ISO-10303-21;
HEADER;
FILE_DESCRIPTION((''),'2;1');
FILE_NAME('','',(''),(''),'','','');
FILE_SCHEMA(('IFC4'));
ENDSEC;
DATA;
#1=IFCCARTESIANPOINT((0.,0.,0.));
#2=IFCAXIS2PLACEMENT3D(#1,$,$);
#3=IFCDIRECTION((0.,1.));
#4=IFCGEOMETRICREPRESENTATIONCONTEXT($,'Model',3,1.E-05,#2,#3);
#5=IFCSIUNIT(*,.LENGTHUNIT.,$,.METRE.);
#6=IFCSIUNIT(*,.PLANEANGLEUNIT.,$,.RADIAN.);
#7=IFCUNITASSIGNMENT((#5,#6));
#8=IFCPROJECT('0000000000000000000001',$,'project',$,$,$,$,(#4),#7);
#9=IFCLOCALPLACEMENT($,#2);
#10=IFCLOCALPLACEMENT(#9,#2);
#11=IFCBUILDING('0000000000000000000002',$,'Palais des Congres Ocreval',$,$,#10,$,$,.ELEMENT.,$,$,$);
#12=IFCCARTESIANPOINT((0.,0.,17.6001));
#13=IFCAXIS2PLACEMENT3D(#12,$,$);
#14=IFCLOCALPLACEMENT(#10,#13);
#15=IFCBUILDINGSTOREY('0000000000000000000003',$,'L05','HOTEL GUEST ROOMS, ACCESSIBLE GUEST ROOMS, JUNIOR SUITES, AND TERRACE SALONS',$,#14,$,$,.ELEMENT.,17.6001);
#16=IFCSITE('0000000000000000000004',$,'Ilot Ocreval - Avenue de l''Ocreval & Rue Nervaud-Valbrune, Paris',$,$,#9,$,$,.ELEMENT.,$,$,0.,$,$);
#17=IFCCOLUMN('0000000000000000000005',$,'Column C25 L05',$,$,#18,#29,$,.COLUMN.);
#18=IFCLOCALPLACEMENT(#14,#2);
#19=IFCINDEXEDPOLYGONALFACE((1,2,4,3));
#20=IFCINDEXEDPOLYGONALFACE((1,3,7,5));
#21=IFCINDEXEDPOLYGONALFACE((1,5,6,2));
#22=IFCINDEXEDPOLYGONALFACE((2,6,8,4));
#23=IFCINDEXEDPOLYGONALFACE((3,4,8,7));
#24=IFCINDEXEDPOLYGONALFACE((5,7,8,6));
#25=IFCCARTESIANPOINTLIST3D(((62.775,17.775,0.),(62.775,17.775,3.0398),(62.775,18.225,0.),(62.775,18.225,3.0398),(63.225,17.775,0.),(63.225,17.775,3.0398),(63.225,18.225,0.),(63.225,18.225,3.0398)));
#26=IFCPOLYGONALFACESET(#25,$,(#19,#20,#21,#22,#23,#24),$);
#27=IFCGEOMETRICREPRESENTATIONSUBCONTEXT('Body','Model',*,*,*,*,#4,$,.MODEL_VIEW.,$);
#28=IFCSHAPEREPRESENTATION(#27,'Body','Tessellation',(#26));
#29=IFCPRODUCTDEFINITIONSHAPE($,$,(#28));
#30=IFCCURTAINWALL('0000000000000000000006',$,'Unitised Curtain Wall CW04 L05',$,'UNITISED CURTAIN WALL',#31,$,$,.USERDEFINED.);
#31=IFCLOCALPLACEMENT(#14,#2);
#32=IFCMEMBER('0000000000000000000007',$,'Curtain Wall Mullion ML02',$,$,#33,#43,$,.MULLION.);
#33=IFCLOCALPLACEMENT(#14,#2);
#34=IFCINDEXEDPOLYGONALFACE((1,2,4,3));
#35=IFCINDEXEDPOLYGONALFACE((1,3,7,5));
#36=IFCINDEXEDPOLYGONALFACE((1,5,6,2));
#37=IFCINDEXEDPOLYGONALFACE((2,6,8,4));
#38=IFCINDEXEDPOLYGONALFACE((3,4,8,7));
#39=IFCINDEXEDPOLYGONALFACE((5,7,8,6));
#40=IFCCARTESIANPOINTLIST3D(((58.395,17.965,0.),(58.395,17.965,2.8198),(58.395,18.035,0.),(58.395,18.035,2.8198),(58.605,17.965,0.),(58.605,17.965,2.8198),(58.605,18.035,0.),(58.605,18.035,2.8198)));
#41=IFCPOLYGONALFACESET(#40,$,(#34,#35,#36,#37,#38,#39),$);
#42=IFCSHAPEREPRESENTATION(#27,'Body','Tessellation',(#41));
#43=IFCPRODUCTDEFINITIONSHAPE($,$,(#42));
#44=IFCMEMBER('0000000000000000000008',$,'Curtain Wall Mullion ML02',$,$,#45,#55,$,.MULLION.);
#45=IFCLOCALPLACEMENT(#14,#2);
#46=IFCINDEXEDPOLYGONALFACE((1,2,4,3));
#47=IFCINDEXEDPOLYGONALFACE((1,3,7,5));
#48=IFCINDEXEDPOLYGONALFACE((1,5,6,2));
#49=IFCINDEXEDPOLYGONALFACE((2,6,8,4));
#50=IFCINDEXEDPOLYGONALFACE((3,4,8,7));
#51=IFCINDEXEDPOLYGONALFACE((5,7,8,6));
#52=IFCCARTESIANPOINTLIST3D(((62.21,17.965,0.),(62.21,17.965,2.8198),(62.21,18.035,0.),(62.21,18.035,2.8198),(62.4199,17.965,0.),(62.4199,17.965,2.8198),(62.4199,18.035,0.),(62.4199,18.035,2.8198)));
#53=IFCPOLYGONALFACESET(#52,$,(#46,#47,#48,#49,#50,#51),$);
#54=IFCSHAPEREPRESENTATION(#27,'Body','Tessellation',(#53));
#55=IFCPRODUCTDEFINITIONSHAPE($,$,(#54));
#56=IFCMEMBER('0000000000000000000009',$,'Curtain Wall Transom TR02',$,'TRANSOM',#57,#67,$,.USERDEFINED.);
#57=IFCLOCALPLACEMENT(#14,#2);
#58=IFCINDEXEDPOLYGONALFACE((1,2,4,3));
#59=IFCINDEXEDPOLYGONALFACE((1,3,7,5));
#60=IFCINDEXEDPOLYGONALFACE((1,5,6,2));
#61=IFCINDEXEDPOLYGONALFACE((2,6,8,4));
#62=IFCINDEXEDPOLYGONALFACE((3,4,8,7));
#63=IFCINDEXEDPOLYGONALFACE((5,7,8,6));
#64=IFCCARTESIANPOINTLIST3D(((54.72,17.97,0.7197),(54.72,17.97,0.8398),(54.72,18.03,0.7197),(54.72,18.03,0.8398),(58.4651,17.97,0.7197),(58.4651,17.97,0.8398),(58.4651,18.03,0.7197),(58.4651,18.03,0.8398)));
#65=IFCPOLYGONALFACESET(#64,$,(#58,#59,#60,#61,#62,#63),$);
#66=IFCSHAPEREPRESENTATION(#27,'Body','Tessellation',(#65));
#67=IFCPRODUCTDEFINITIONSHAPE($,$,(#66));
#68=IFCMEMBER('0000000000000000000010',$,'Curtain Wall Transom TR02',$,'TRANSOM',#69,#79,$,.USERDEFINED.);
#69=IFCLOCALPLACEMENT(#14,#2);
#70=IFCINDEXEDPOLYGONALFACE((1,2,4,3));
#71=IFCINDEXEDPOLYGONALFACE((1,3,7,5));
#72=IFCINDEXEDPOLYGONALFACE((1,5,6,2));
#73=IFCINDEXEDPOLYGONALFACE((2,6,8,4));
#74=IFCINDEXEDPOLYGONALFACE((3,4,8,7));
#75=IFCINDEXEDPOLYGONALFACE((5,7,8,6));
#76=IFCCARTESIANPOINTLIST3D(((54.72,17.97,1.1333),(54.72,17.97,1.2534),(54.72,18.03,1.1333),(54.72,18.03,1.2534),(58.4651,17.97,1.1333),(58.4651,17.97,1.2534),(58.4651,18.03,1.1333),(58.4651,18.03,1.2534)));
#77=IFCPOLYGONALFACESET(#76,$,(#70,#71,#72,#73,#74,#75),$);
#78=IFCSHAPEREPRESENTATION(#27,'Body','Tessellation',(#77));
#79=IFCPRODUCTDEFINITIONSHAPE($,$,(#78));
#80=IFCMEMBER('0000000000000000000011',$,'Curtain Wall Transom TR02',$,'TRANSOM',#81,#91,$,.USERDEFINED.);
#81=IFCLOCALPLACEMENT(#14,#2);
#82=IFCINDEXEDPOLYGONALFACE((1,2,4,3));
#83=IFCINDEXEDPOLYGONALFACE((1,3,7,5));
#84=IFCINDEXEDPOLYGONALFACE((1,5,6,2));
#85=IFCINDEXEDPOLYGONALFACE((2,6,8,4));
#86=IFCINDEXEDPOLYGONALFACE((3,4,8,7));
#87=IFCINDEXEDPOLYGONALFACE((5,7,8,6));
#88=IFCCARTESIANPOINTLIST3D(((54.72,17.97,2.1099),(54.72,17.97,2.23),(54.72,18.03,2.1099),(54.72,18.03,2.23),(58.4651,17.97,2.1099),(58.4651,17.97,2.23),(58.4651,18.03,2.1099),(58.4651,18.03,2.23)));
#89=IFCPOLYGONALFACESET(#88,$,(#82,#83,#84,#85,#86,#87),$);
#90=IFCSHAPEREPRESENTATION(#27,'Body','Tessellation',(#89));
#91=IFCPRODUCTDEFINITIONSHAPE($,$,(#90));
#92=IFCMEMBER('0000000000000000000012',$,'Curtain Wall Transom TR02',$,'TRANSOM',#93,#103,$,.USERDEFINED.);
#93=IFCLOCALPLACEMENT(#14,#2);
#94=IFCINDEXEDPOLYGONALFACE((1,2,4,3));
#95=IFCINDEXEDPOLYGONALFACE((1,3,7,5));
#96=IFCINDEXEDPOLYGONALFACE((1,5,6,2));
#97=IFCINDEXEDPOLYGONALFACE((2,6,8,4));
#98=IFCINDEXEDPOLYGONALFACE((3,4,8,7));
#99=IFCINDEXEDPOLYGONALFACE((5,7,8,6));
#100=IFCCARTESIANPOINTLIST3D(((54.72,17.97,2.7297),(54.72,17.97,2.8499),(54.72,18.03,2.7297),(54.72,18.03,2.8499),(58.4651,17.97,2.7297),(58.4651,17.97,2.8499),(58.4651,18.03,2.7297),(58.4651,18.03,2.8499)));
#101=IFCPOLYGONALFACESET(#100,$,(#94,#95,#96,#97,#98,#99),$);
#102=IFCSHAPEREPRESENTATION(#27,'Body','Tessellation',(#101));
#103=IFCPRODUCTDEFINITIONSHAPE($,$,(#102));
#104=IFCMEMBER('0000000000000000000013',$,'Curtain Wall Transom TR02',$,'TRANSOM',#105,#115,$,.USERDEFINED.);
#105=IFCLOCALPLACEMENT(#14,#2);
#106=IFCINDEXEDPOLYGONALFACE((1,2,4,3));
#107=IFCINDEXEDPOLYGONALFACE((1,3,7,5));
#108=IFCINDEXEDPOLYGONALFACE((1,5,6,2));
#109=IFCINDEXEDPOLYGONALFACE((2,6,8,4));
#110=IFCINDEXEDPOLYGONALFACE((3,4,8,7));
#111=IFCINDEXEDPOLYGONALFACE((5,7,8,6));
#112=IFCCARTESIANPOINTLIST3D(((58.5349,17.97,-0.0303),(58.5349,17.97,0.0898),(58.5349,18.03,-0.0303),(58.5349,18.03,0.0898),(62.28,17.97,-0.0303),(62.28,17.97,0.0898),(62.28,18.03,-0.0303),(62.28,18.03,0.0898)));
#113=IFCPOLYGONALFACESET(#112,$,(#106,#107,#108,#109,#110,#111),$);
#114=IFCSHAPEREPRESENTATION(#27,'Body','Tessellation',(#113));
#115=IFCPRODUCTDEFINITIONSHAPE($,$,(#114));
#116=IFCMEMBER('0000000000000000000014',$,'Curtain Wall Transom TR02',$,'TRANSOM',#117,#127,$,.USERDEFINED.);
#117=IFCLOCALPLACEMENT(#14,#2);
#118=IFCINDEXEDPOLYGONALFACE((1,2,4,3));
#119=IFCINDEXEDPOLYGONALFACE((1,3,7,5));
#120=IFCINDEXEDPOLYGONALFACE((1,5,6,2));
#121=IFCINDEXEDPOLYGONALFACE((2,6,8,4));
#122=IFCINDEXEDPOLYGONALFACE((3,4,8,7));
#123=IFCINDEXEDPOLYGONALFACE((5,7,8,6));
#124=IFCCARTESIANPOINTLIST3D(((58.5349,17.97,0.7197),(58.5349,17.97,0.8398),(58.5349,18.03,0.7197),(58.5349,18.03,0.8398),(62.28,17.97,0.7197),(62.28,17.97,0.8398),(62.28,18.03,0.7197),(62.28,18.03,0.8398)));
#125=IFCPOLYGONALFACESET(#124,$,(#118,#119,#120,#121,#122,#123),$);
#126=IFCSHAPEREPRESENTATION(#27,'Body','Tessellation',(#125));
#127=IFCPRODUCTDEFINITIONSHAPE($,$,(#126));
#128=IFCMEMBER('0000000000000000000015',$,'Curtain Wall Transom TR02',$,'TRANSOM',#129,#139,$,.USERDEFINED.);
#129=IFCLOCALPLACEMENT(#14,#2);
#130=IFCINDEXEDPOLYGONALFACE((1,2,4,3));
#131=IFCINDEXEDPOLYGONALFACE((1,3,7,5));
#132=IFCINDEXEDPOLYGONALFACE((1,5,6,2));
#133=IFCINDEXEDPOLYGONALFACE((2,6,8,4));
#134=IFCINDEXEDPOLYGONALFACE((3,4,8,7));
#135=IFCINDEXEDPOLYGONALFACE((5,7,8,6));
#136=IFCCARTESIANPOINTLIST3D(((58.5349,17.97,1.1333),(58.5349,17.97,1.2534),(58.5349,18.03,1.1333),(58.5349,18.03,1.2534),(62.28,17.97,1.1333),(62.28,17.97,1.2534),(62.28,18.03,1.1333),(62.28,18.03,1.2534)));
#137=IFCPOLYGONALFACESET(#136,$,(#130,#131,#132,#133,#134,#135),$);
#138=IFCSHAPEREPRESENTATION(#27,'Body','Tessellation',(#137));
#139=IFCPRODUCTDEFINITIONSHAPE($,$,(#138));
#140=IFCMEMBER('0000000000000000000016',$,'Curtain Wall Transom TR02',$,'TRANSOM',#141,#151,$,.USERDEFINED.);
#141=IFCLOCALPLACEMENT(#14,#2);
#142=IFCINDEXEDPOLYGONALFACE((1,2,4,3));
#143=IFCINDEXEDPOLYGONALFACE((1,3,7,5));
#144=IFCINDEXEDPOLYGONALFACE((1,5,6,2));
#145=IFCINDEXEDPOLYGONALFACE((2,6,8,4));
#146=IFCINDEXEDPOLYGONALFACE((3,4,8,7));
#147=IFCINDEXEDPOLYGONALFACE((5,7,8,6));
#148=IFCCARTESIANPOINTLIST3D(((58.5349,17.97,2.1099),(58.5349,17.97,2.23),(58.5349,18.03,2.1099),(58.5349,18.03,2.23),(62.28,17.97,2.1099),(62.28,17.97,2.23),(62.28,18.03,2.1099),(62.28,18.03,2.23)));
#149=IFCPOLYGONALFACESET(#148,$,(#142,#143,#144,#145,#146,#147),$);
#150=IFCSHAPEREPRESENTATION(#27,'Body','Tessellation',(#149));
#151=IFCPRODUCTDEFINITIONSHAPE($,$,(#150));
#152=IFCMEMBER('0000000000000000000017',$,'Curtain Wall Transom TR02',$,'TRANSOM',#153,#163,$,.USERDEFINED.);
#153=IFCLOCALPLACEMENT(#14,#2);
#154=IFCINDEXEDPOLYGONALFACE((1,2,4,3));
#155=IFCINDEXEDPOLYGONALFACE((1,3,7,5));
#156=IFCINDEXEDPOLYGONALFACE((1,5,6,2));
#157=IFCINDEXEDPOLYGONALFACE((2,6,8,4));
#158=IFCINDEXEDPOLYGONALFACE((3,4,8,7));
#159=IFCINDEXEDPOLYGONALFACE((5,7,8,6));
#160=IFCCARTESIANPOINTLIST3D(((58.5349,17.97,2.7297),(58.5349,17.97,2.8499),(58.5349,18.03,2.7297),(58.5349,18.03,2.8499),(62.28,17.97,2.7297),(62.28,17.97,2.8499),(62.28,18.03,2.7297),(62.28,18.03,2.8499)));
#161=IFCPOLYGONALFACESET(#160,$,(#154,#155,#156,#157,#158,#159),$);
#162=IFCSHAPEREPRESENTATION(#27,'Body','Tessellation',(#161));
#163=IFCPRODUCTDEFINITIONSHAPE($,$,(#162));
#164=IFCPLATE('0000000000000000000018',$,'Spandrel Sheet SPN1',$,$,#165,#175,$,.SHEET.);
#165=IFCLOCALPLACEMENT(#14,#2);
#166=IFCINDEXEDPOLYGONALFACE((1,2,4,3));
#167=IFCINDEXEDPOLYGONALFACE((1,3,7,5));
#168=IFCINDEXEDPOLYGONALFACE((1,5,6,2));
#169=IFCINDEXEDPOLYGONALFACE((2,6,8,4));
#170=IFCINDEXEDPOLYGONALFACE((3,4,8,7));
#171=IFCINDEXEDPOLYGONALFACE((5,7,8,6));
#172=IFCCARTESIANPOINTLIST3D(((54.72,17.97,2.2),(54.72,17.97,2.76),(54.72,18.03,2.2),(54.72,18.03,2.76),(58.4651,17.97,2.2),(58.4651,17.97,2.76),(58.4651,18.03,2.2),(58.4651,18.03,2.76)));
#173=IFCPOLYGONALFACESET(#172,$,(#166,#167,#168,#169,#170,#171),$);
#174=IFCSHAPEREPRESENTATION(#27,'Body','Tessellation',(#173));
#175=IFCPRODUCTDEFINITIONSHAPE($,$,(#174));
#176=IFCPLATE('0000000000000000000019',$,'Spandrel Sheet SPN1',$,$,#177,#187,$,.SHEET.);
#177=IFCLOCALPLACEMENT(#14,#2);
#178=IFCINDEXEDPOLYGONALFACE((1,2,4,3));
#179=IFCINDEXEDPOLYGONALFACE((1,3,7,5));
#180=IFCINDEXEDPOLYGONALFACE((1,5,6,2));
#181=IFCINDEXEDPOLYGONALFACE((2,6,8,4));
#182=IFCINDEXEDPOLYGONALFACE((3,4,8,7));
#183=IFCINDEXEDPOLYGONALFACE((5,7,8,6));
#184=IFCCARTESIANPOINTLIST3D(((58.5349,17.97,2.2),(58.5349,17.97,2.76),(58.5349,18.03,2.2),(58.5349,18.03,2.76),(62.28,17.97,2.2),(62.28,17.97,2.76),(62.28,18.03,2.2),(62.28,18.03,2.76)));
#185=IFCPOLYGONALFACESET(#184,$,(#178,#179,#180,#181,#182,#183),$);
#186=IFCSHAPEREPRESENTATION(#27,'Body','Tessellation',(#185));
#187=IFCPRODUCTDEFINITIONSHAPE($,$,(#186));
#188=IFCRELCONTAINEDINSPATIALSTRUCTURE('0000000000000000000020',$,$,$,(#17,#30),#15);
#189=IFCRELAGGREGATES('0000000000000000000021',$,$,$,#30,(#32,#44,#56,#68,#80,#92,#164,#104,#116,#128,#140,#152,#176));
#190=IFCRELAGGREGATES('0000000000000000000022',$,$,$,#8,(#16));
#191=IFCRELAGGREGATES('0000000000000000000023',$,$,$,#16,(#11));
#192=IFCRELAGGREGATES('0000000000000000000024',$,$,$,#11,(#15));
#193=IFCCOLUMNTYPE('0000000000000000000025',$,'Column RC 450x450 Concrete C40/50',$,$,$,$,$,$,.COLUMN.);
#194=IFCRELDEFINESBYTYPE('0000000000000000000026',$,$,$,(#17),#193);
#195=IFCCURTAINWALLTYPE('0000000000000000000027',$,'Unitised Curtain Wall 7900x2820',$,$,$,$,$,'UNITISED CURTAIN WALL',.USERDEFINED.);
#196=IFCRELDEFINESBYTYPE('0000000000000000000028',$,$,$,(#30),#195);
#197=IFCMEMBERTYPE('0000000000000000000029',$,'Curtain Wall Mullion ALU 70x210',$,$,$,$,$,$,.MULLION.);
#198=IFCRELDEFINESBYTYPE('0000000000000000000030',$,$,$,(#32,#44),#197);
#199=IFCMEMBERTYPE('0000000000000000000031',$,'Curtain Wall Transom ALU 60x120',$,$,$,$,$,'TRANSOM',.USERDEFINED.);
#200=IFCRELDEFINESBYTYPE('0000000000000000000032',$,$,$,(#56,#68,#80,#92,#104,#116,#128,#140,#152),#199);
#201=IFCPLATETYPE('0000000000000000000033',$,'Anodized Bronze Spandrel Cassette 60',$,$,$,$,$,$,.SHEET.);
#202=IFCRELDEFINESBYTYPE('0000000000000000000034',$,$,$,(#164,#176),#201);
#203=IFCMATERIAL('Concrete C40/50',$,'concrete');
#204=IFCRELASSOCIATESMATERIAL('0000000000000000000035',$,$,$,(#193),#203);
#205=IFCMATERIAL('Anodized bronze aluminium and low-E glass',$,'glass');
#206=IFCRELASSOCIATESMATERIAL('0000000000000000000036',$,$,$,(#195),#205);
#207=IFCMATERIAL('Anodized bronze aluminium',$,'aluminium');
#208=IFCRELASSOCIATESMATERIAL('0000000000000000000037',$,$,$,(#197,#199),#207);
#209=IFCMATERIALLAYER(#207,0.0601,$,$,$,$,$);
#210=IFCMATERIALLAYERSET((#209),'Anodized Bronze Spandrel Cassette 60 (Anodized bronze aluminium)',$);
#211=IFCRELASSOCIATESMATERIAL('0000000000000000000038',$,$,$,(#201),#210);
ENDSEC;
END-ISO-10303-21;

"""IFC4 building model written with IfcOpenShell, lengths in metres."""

from ifc_helpers import new_model, si_unit, direction, frame, origin, origin_2d, place, context, subcontext, project, spatial, rectangle, extrude, material, layer, layer_set, material_profile, profile_set, type_object, element, aggregate, save


model = new_model("IFC4")

# Units and contexts
model_context = context("Model", 3, precision=1e-05, world=origin(), true_north=direction((0.0, 1.0)))
body_context = subcontext(model_context, "Body", "Model", "MODEL_VIEW")
ifc_project = project(units=[si_unit("LENGTHUNIT", "METRE"), si_unit("PLANEANGLEUNIT", "RADIAN")], contexts=[model_context])

# Site, building, storey
site_placement = place(None, origin())
site = spatial("IfcSite", under=ifc_project, at=site_placement, Name="Ilot Ocreval - Avenue de l'Ocreval & Rue Nervaud-Valbrune, Paris", CompositionType="ELEMENT", RefElevation=0.0)
building_placement = place(site_placement, origin())
building = spatial("IfcBuilding", under=site, at=building_placement, Name="Palais des Congres Ocreval", CompositionType="ELEMENT")
storey_placement = place(building_placement, frame((0.0, 0.0, 17.6001)))
storey = spatial("IfcBuildingStorey", under=building, at=storey_placement, Name="L05", Description="HOTEL GUEST ROOMS, ACCESSIBLE GUEST ROOMS, JUNIOR SUITES, AND TERRACE SALONS", CompositionType="ELEMENT", Elevation=17.6001)

# Column
ifc_material_1 = material(Name="Concrete C40/50", Category="concrete")
ifc_material_profile_1 = material_profile(ifc_material_1, rectangle(XDim=0.45, YDim=0.45, at=origin_2d()), Name="RC 450x450")
ifc_profile_set_1 = profile_set([ifc_material_profile_1], Name="Concrete C40/50")
column_type = type_object("IfcColumnType", Name="Column RC 450x450 Concrete C40/50", PredefinedType="COLUMN", material=ifc_profile_set_1)
column_placement = place(storey_placement, frame((63.0, 18.0, 0.0), z_axis=(0.0, 0.0, 1.0), x_axis=(1.0, 0.0, 0.0)))
element("IfcColumn", 1, at=column_placement, inside=storey, type_object=column_type, Name="Column C25 L05", PredefinedType="COLUMN", context=body_context, shape_type="SweptSolid", body=[
    extrude(rectangle(XDim=0.45, YDim=0.45, at=origin_2d()), origin(), (0.0, 0.0, 1.0), 3.0398),
])

# Curtain wall, members, plates
ifc_material_2 = material(Name="Anodized bronze aluminium and low-E glass", Category="glass")
curtain_wall_type = type_object("IfcCurtainWallType", Name="Unitised Curtain Wall 7900x2820", ElementType="UNITISED CURTAIN WALL", PredefinedType="USERDEFINED", material=ifc_material_2)
curtain_wall_placement = place(storey_placement, origin())
curtain_wall = element("IfcCurtainWall", 2, at=curtain_wall_placement, inside=storey, type_object=curtain_wall_type, Name="Unitised Curtain Wall CW04 L05", ObjectType="UNITISED CURTAIN WALL", PredefinedType="USERDEFINED")
ifc_material_3 = material(Name="Anodized bronze aluminium", Category="aluminium")
ifc_material_profile_2 = material_profile(ifc_material_3, rectangle(XDim=0.0701, YDim=0.21, at=origin_2d()), Name="ALU 70x210")
ifc_profile_set_2 = profile_set([ifc_material_profile_2], Name="Anodized bronze aluminium")
member_type_1 = type_object("IfcMemberType", Name="Curtain Wall Mullion ALU 70x210", PredefinedType="MULLION", material=ifc_profile_set_2)
member_1_placement = place(storey_placement, frame((58.5, 18.0, 0.0), z_axis=(0.0, 0.0, 1.0), x_axis=(0.0, 1.0, 0.0)))
member_1 = element("IfcMember", 3, at=member_1_placement, type_object=member_type_1, Name="Curtain Wall Mullion ML02", PredefinedType="MULLION", context=body_context, shape_type="SweptSolid", body=[
    extrude(rectangle(XDim=0.0701, YDim=0.21, at=origin_2d()), origin(), (0.0, 0.0, 1.0), 2.8198),
])
member_2_placement = place(storey_placement, frame((62.3149, 18.0, 0.0), z_axis=(0.0, 0.0, 1.0), x_axis=(0.0, 1.0, 0.0)))
member_2 = element("IfcMember", 4, at=member_2_placement, type_object=member_type_1, Name="Curtain Wall Mullion ML02", PredefinedType="MULLION", context=body_context, shape_type="SweptSolid", body=[
    extrude(rectangle(XDim=0.0701, YDim=0.21, at=origin_2d()), origin(), (0.0, 0.0, 1.0), 2.8198),
])
ifc_material_profile_3 = material_profile(ifc_material_3, rectangle(XDim=0.0601, YDim=0.1201, at=origin_2d()), Name="ALU 60x120")
ifc_profile_set_3 = profile_set([ifc_material_profile_3], Name="Anodized bronze aluminium")
member_type_2 = type_object("IfcMemberType", Name="Curtain Wall Transom ALU 60x120", ElementType="TRANSOM", PredefinedType="USERDEFINED", material=ifc_profile_set_3)
member_3_placement = place(storey_placement, frame((54.72, 18.0, 0.7798), z_axis=(1.0, 0.0, 0.0), x_axis=(0.0, 1.0, 0.0)))
member_3 = element("IfcMember", 5, at=member_3_placement, type_object=member_type_2, Name="Curtain Wall Transom TR02", ObjectType="TRANSOM", PredefinedType="USERDEFINED", context=body_context, shape_type="SweptSolid", body=[
    extrude(rectangle(XDim=0.0601, YDim=0.1201, at=origin_2d()), origin(), (0.0, 0.0, 1.0), 3.7451),
])
member_4_placement = place(storey_placement, frame((54.72, 18.0, 1.1934), z_axis=(1.0, 0.0, 0.0), x_axis=(0.0, 1.0, 0.0)))
member_4 = element("IfcMember", 6, at=member_4_placement, type_object=member_type_2, Name="Curtain Wall Transom TR02", ObjectType="TRANSOM", PredefinedType="USERDEFINED", context=body_context, shape_type="SweptSolid", body=[
    extrude(rectangle(XDim=0.0601, YDim=0.1201, at=origin_2d()), origin(), (0.0, 0.0, 1.0), 3.7451),
])
member_5_placement = place(storey_placement, frame((54.72, 18.0, 2.1699), z_axis=(1.0, 0.0, 0.0), x_axis=(0.0, 1.0, 0.0)))
member_5 = element("IfcMember", 7, at=member_5_placement, type_object=member_type_2, Name="Curtain Wall Transom TR02", ObjectType="TRANSOM", PredefinedType="USERDEFINED", context=body_context, shape_type="SweptSolid", body=[
    extrude(rectangle(XDim=0.0601, YDim=0.1201, at=origin_2d()), origin(), (0.0, 0.0, 1.0), 3.7451),
])
member_6_placement = place(storey_placement, frame((54.72, 18.0, 2.7898), z_axis=(1.0, 0.0, 0.0), x_axis=(0.0, 1.0, 0.0)))
member_6 = element("IfcMember", 8, at=member_6_placement, type_object=member_type_2, Name="Curtain Wall Transom TR02", ObjectType="TRANSOM", PredefinedType="USERDEFINED", context=body_context, shape_type="SweptSolid", body=[
    extrude(rectangle(XDim=0.0601, YDim=0.1201, at=origin_2d()), origin(), (0.0, 0.0, 1.0), 3.7451),
])
member_7_placement = place(storey_placement, frame((58.5349, 18.0, 0.0298), z_axis=(1.0, 0.0, 0.0), x_axis=(0.0, 1.0, 0.0)))
member_7 = element("IfcMember", 9, at=member_7_placement, type_object=member_type_2, Name="Curtain Wall Transom TR02", ObjectType="TRANSOM", PredefinedType="USERDEFINED", context=body_context, shape_type="SweptSolid", body=[
    extrude(rectangle(XDim=0.0601, YDim=0.1201, at=origin_2d()), origin(), (0.0, 0.0, 1.0), 3.7451),
])
member_8_placement = place(storey_placement, frame((58.5349, 18.0, 0.7798), z_axis=(1.0, 0.0, 0.0), x_axis=(0.0, 1.0, 0.0)))
member_8 = element("IfcMember", 10, at=member_8_placement, type_object=member_type_2, Name="Curtain Wall Transom TR02", ObjectType="TRANSOM", PredefinedType="USERDEFINED", context=body_context, shape_type="SweptSolid", body=[
    extrude(rectangle(XDim=0.0601, YDim=0.1201, at=origin_2d()), origin(), (0.0, 0.0, 1.0), 3.7451),
])
member_9_placement = place(storey_placement, frame((58.5349, 18.0, 1.1934), z_axis=(1.0, 0.0, 0.0), x_axis=(0.0, 1.0, 0.0)))
member_9 = element("IfcMember", 11, at=member_9_placement, type_object=member_type_2, Name="Curtain Wall Transom TR02", ObjectType="TRANSOM", PredefinedType="USERDEFINED", context=body_context, shape_type="SweptSolid", body=[
    extrude(rectangle(XDim=0.0601, YDim=0.1201, at=origin_2d()), origin(), (0.0, 0.0, 1.0), 3.7451),
])
member_10_placement = place(storey_placement, frame((58.5349, 18.0, 2.1699), z_axis=(1.0, 0.0, 0.0), x_axis=(0.0, 1.0, 0.0)))
member_10 = element("IfcMember", 12, at=member_10_placement, type_object=member_type_2, Name="Curtain Wall Transom TR02", ObjectType="TRANSOM", PredefinedType="USERDEFINED", context=body_context, shape_type="SweptSolid", body=[
    extrude(rectangle(XDim=0.0601, YDim=0.1201, at=origin_2d()), origin(), (0.0, 0.0, 1.0), 3.7451),
])
member_11_placement = place(storey_placement, frame((58.5349, 18.0, 2.7898), z_axis=(1.0, 0.0, 0.0), x_axis=(0.0, 1.0, 0.0)))
member_11 = element("IfcMember", 13, at=member_11_placement, type_object=member_type_2, Name="Curtain Wall Transom TR02", ObjectType="TRANSOM", PredefinedType="USERDEFINED", context=body_context, shape_type="SweptSolid", body=[
    extrude(rectangle(XDim=0.0601, YDim=0.1201, at=origin_2d()), origin(), (0.0, 0.0, 1.0), 3.7451),
])
ifc_layer_1 = layer(ifc_material_3, 0.0601)
ifc_layer_set_1 = layer_set([ifc_layer_1], Name="Anodized Bronze Spandrel Cassette 60 (Anodized bronze aluminium)")
plate_type_1 = type_object("IfcPlateType", Name="Anodized Bronze Spandrel Cassette 60", PredefinedType="SHEET", material=ifc_layer_set_1)
plate_1_placement = place(storey_placement, frame((56.5925, 18.0, 2.2), z_axis=(0.0, 0.0, 1.0), x_axis=(1.0, 0.0, 0.0)))
plate_1 = element("IfcPlate", 14, at=plate_1_placement, type_object=plate_type_1, Name="Spandrel Sheet SPN1", PredefinedType="SHEET", context=body_context, shape_type="SweptSolid", body=[
    extrude(rectangle(XDim=3.7451, YDim=0.0601, at=origin_2d()), origin(), (0.0, 0.0, 1.0), 0.5601),
])
plate_2_placement = place(storey_placement, frame((60.4075, 18.0, 2.2), z_axis=(0.0, 0.0, 1.0), x_axis=(1.0, 0.0, 0.0)))
plate_2 = element("IfcPlate", 15, at=plate_2_placement, type_object=plate_type_1, Name="Spandrel Sheet SPN1", PredefinedType="SHEET", context=body_context, shape_type="SweptSolid", body=[
    extrude(rectangle(XDim=3.7451, YDim=0.0601, at=origin_2d()), origin(), (0.0, 0.0, 1.0), 0.5601),
])
aggregate(curtain_wall, [member_1, member_2, member_3, member_4, member_5, member_6, plate_1, member_7, member_8, member_9, member_10, member_11, plate_2])

save(model, "model.ifc")
